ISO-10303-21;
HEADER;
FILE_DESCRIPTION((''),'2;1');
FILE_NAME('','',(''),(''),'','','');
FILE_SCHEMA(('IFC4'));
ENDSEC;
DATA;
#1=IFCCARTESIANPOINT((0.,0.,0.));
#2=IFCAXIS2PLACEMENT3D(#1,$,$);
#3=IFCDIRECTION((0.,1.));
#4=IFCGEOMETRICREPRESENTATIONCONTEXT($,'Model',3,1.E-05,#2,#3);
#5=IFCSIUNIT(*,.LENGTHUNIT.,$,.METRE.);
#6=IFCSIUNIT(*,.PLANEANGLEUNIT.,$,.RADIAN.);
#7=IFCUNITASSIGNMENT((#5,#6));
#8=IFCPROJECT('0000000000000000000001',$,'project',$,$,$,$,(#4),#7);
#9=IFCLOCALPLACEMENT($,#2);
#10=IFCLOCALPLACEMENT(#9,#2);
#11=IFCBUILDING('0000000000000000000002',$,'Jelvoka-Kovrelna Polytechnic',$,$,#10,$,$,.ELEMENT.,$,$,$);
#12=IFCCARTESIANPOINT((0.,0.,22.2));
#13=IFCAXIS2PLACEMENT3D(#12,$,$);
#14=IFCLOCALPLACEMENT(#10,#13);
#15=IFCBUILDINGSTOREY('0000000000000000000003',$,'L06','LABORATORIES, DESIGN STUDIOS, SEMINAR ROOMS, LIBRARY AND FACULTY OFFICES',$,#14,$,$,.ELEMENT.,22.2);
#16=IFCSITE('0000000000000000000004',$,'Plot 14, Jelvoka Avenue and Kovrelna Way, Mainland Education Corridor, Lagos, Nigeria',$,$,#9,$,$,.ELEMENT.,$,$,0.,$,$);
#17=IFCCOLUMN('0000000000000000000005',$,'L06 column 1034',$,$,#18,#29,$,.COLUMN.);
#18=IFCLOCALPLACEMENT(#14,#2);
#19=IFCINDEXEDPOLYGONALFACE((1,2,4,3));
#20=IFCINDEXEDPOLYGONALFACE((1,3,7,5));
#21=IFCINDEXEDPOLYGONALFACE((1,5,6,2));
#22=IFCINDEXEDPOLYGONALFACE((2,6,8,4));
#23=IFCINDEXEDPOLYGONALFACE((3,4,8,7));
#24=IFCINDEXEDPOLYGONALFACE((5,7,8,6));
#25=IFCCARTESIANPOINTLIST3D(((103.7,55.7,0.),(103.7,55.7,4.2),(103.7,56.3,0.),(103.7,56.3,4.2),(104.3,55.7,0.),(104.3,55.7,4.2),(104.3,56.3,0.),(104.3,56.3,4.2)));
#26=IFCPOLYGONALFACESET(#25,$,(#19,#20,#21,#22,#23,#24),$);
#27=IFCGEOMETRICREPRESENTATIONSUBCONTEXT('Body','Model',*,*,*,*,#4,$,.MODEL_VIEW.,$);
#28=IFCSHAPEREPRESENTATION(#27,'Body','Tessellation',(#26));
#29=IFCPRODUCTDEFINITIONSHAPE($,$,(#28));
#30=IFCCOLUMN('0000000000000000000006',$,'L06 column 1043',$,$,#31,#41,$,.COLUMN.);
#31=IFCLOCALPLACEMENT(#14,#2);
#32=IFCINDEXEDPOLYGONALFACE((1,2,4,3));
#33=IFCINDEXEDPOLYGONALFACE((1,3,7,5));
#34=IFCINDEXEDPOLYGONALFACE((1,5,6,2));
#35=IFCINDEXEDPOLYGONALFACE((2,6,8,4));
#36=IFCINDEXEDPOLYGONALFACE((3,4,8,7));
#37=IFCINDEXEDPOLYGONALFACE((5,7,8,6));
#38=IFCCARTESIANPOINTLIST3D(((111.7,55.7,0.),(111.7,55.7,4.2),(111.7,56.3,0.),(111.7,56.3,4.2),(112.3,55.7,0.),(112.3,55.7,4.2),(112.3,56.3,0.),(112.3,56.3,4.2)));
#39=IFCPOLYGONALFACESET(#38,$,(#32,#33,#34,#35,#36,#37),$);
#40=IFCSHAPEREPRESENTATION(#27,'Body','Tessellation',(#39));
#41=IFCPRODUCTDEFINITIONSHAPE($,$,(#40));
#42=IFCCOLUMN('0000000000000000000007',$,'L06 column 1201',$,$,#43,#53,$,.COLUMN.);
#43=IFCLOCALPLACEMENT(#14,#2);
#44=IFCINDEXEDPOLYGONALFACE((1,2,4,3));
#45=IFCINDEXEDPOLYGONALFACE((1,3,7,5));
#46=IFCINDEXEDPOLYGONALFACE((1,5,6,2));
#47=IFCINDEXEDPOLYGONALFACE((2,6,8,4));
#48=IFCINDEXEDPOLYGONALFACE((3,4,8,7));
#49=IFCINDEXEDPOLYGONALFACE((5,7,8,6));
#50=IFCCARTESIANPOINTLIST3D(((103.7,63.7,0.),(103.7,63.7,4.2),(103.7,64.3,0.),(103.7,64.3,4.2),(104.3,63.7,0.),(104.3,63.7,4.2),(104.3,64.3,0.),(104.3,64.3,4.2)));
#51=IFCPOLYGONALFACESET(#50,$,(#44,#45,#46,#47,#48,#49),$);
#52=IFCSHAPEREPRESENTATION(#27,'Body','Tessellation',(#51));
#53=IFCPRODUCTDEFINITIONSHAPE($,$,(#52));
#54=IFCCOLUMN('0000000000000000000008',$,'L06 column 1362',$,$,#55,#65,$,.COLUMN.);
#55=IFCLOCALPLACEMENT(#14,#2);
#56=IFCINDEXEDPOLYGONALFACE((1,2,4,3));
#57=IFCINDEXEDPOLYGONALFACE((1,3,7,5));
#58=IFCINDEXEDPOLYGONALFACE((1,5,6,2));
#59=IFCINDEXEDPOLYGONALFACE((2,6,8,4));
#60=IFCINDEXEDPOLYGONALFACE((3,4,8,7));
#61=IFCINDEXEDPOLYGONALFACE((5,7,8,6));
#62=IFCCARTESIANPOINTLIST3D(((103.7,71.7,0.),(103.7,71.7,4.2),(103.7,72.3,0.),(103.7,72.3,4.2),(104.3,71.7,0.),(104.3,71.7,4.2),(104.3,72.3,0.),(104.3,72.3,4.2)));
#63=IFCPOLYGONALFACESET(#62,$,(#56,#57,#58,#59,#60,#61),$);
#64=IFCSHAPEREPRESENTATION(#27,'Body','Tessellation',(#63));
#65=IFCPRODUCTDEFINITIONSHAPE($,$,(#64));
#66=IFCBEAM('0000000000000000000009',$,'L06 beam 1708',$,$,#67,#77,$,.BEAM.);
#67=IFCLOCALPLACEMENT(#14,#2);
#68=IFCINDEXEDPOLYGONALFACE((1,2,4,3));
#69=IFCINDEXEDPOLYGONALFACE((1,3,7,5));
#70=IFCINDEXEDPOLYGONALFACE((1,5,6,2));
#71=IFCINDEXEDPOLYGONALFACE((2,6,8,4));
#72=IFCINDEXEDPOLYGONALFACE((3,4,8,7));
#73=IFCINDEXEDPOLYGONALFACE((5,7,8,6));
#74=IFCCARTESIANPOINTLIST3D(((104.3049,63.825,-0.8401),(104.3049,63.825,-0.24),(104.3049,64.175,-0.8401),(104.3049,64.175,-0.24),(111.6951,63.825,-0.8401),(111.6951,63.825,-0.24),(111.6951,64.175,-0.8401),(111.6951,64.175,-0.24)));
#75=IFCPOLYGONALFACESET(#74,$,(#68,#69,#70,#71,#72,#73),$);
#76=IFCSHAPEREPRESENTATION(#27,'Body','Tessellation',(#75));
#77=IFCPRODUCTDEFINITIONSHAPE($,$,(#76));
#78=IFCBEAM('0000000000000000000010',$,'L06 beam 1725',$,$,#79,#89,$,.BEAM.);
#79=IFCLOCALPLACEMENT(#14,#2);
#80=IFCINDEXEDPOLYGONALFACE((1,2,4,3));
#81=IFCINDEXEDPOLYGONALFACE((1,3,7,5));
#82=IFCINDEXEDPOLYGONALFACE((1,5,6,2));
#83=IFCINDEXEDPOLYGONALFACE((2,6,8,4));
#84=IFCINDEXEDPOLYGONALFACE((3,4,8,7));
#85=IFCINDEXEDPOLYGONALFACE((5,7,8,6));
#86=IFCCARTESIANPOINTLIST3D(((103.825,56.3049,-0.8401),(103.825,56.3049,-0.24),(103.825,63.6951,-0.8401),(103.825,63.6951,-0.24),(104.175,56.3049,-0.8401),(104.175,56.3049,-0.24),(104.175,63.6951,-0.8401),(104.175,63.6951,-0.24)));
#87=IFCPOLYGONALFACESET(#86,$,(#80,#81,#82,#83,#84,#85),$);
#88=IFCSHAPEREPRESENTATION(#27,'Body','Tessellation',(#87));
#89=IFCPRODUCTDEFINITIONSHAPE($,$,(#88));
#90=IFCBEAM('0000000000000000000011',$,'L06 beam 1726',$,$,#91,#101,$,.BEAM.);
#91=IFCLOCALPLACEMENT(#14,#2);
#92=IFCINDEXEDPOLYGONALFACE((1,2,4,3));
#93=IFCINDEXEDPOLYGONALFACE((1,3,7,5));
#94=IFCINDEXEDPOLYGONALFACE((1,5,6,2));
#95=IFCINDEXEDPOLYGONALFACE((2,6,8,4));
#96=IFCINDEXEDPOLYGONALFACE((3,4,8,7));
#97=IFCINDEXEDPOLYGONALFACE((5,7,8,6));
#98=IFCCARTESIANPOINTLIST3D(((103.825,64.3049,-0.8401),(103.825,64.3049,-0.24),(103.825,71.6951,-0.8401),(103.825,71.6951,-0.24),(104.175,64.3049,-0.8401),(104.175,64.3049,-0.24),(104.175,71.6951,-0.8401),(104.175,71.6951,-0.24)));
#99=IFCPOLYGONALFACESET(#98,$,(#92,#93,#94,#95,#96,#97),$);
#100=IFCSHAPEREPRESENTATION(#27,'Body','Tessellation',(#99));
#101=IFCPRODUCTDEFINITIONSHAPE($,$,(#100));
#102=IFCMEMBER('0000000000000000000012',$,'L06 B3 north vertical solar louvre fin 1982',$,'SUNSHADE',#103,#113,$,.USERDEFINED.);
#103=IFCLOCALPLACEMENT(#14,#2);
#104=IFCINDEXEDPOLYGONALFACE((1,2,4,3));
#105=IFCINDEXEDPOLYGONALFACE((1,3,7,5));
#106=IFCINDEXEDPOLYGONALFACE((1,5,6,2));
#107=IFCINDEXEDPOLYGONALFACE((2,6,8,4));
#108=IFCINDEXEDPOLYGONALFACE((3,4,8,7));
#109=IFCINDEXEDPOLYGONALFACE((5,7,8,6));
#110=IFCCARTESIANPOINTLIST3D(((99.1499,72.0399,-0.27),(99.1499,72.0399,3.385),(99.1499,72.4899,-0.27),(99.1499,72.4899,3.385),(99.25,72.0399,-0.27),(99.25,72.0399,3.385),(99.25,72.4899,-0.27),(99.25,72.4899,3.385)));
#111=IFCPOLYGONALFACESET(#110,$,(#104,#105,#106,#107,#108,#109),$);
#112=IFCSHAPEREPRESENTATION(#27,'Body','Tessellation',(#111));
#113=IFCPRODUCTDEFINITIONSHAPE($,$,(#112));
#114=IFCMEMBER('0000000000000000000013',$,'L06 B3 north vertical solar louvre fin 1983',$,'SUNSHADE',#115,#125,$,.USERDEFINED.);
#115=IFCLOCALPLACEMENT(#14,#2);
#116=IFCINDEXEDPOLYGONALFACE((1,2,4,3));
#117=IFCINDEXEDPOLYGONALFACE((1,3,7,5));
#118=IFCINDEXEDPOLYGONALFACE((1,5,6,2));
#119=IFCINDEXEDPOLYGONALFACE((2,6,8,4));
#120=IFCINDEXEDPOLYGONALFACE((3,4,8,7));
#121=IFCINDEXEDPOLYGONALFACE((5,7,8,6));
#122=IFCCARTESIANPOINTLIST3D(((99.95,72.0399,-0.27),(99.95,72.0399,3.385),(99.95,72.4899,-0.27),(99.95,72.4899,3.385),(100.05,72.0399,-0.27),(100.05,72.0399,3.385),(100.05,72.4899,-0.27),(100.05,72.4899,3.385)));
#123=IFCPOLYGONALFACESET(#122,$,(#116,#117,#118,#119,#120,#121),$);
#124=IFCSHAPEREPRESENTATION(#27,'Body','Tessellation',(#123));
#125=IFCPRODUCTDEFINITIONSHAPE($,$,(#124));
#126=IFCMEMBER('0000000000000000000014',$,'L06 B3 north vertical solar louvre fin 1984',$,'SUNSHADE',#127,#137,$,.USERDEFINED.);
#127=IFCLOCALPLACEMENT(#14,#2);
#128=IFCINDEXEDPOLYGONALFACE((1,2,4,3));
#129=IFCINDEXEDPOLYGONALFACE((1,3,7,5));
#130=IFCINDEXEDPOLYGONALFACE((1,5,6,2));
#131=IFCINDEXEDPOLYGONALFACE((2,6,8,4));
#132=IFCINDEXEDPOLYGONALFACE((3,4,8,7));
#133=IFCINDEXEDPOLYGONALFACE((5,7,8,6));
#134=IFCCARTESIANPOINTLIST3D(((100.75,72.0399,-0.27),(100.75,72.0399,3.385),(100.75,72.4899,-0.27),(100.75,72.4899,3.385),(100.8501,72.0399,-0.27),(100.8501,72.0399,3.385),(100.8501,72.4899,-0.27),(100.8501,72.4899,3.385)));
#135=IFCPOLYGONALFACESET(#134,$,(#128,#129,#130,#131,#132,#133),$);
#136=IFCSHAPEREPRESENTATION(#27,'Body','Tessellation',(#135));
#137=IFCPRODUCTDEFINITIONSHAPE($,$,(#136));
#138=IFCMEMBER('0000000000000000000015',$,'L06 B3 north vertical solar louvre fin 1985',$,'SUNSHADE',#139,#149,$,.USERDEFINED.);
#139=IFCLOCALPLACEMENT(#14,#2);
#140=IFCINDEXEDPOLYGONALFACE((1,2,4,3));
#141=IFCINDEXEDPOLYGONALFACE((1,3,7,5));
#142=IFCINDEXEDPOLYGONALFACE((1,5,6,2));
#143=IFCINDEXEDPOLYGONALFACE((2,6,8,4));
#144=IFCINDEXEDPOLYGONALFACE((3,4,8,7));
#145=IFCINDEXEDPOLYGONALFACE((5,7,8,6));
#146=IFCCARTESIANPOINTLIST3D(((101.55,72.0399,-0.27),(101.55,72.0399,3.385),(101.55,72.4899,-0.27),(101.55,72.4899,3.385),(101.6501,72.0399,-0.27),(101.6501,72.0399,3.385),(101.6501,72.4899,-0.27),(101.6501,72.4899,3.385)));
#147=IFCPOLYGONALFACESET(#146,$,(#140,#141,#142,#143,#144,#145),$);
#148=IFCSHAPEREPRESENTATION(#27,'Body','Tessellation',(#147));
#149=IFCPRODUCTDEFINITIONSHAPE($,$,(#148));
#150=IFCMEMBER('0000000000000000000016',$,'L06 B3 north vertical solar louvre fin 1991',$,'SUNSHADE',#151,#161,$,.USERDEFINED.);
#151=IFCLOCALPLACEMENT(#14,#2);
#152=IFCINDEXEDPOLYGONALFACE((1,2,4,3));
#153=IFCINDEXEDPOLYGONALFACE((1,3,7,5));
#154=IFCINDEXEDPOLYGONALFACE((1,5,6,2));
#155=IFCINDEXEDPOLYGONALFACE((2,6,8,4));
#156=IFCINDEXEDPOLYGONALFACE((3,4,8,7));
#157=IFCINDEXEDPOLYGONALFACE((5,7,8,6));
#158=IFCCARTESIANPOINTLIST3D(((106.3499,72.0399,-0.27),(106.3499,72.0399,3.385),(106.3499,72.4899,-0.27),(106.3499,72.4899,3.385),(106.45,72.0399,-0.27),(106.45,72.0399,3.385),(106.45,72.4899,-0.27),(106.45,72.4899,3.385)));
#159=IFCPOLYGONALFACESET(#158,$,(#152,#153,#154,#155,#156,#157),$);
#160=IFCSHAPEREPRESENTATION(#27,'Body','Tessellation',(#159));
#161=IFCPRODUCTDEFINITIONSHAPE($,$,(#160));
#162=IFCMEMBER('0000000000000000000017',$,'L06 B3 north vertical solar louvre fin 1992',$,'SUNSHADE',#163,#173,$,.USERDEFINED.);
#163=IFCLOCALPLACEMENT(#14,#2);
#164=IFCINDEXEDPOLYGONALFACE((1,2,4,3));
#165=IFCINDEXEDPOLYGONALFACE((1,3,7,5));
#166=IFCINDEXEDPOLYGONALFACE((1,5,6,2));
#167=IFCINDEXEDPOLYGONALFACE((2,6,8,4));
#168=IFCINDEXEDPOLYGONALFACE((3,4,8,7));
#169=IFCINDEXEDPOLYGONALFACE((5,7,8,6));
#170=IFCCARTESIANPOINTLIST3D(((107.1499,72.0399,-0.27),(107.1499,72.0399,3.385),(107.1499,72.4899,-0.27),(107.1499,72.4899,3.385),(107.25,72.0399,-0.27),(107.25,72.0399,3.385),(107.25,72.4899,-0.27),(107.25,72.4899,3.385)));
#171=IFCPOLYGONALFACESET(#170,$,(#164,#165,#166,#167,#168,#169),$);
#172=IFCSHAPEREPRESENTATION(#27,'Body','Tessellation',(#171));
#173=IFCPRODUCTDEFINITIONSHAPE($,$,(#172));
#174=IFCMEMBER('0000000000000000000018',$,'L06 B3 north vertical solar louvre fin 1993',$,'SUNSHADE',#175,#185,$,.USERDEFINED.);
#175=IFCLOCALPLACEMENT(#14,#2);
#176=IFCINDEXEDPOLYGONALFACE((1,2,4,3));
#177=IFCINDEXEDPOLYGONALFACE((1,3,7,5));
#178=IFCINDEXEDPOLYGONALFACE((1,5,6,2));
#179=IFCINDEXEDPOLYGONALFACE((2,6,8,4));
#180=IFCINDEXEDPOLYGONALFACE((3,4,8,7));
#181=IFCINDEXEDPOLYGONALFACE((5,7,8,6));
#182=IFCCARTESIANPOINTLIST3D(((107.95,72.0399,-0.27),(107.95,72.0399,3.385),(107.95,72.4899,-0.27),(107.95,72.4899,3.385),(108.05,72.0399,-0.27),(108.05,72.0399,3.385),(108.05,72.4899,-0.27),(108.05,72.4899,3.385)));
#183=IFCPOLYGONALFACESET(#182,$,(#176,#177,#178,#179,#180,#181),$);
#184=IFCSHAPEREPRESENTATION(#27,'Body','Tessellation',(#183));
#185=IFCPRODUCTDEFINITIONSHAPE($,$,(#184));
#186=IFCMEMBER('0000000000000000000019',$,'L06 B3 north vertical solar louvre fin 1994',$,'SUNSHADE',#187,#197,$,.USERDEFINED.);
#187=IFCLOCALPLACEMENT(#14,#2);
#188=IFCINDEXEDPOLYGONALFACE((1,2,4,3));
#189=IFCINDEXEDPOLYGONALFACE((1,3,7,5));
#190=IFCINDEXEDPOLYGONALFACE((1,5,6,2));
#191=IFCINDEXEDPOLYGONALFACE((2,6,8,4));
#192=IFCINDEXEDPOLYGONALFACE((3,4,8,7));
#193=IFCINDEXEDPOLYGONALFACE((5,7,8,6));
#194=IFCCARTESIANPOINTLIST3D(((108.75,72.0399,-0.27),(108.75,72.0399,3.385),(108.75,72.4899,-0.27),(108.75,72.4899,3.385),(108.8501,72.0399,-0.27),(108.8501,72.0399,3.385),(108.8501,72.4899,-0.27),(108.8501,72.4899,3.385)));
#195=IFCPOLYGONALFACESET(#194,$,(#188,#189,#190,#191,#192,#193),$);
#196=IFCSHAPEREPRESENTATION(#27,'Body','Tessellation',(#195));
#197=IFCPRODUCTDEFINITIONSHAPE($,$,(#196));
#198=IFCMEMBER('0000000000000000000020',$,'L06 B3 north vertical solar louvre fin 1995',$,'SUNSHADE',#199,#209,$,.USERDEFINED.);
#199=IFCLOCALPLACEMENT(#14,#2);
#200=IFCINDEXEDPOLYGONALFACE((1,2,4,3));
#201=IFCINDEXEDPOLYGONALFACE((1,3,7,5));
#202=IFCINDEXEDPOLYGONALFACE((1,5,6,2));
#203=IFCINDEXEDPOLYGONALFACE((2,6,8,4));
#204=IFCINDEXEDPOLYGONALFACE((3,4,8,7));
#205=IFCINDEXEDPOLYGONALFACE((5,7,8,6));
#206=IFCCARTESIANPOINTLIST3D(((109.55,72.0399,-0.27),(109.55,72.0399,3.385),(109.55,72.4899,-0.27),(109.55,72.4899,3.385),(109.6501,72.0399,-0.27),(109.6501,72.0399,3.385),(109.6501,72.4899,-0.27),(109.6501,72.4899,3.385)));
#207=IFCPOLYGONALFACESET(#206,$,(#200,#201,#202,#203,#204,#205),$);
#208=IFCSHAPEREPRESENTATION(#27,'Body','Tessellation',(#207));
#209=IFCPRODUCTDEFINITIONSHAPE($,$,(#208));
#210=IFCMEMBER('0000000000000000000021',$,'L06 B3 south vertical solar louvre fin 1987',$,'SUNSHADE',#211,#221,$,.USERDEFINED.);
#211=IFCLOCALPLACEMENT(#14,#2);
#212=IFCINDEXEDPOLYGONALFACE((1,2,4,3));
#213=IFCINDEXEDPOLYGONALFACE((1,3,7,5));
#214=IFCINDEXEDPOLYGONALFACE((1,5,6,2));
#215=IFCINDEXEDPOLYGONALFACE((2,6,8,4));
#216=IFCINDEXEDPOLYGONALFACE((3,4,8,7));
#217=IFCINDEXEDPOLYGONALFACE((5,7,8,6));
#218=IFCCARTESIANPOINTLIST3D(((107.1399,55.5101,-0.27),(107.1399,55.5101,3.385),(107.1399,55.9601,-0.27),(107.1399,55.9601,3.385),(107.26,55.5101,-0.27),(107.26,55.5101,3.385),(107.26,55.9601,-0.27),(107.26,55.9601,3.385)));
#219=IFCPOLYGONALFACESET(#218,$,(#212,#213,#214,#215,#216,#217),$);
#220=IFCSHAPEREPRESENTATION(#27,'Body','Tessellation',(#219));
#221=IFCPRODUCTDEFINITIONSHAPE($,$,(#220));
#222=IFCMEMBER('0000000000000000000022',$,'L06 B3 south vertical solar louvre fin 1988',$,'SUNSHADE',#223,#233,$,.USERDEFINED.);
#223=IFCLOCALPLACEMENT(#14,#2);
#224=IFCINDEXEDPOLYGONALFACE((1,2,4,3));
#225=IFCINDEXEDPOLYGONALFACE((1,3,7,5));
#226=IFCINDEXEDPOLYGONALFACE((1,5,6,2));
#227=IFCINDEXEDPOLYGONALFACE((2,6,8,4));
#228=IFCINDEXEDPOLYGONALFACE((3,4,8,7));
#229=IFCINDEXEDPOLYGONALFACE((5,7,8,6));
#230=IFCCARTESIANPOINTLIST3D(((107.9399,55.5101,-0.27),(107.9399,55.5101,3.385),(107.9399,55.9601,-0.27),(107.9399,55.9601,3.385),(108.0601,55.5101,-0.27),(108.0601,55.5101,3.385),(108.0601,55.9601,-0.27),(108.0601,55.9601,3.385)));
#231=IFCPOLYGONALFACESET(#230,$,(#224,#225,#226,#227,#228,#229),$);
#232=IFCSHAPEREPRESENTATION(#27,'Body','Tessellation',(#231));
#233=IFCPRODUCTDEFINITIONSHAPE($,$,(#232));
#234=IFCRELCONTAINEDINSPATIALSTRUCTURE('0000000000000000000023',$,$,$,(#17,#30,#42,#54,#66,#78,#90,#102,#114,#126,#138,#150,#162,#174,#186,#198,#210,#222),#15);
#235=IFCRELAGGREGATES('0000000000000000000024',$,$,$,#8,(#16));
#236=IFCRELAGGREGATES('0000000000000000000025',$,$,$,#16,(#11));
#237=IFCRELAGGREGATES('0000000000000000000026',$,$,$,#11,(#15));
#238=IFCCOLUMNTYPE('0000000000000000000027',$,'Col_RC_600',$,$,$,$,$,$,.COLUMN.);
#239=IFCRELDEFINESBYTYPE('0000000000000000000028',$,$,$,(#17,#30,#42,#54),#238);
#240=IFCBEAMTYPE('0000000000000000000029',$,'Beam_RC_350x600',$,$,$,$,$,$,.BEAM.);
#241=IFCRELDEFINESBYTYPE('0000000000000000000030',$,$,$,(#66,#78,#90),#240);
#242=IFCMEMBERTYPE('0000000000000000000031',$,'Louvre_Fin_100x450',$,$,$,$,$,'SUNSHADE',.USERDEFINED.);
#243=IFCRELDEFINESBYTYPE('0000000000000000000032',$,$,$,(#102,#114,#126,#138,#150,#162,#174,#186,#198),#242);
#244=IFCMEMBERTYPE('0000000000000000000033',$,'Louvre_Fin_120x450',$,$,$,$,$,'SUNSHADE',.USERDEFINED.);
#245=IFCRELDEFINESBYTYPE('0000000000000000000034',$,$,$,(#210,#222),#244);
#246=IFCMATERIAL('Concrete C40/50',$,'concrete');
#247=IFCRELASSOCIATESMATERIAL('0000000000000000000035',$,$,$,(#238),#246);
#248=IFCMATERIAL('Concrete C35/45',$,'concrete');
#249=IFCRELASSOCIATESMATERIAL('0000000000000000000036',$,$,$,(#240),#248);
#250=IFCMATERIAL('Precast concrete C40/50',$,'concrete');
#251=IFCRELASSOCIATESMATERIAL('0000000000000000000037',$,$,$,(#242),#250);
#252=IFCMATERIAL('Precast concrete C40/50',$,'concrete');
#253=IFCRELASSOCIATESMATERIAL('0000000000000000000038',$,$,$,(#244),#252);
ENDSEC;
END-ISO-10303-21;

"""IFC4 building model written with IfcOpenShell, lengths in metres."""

from ifc_helpers import new_model, si_unit, direction, frame, origin, origin_2d, place, context, subcontext, project, spatial, rectangle, extrude, material, material_profile, profile_set, type_object, element, save


model = new_model("IFC4")

# Units and contexts
model_context = context("Model", 3, precision=1e-05, world=origin(), true_north=direction((0.0, 1.0)))
body_context = subcontext(model_context, "Body", "Model", "MODEL_VIEW")
ifc_project = project(units=[si_unit("LENGTHUNIT", "METRE"), si_unit("PLANEANGLEUNIT", "RADIAN")], contexts=[model_context])

# Site, building, storey
site_placement = place(None, origin())
site = spatial("IfcSite", under=ifc_project, at=site_placement, Name="Plot 14, Jelvoka Avenue and Kovrelna Way, Mainland Education Corridor, Lagos, Nigeria", CompositionType="ELEMENT", RefElevation=0.0)
building_placement = place(site_placement, origin())
building = spatial("IfcBuilding", under=site, at=building_placement, Name="Jelvoka-Kovrelna Polytechnic", CompositionType="ELEMENT")
storey_placement = place(building_placement, frame((0.0, 0.0, 22.2)))
storey = spatial("IfcBuildingStorey", under=building, at=storey_placement, Name="L06", Description="LABORATORIES, DESIGN STUDIOS, SEMINAR ROOMS, LIBRARY AND FACULTY OFFICES", CompositionType="ELEMENT", Elevation=22.2)

# Columns
ifc_material_1 = material(Name="Concrete C40/50", Category="concrete")
ifc_material_profile_1 = material_profile(ifc_material_1, rectangle(XDim=0.6001, YDim=0.6001, at=origin_2d()), Name="RC 600x600")
ifc_profile_set_1 = profile_set([ifc_material_profile_1], Name="Concrete C40/50")
column_type = type_object("IfcColumnType", Name="Col_RC_600", PredefinedType="COLUMN", material=ifc_profile_set_1)
for number, where, z_axis, x_axis, name in (
    (1, (104.0, 56.0, 0.0), (0.0, 0.0, 1.0), (1.0, 0.0, 0.0), "L06 column 1034"),
    (2, (112.0, 56.0, 0.0), (0.0, 0.0, 1.0), (1.0, 0.0, 0.0), "L06 column 1043"),
    (3, (104.0, 64.0, 0.0), (0.0, 0.0, 1.0), (1.0, 0.0, 0.0), "L06 column 1201"),
    (4, (104.0, 72.0, 0.0), (0.0, 0.0, 1.0), (1.0, 0.0, 0.0), "L06 column 1362"),
):
    element("IfcColumn", number, at=place(storey_placement, frame(where, z_axis=z_axis, x_axis=x_axis)), inside=storey, type_object=column_type, Name=name, PredefinedType="COLUMN", context=body_context, shape_type="SweptSolid", body=[
        extrude(rectangle(XDim=0.6001, YDim=0.6001, at=origin_2d()), origin(), (0.0, 0.0, 1.0), 4.2),
    ])

# Beams
ifc_material_2 = material(Name="Concrete C35/45", Category="concrete")
ifc_material_profile_2 = material_profile(ifc_material_2, rectangle(XDim=0.3501, YDim=0.6001, at=origin_2d()), Name="RC 350x600")
ifc_profile_set_2 = profile_set([ifc_material_profile_2], Name="Concrete C35/45")
beam_type_1 = type_object("IfcBeamType", Name="Beam_RC_350x600", PredefinedType="BEAM", material=ifc_profile_set_2)
for number, where, z_axis, x_axis, name in (
    (5, (104.3049, 64.0, -0.54), (1.0, 0.0, 0.0), (0.0, 1.0, 0.0), "L06 beam 1708"),
    (6, (104.0, 56.3049, -0.54), (0.0, 1.0, 0.0), (-1.0, 0.0, 0.0), "L06 beam 1725"),
    (7, (104.0, 64.3049, -0.54), (0.0, 1.0, 0.0), (-1.0, 0.0, 0.0), "L06 beam 1726"),
):
    element("IfcBeam", number, at=place(storey_placement, frame(where, z_axis=z_axis, x_axis=x_axis)), inside=storey, type_object=beam_type_1, Name=name, PredefinedType="BEAM", context=body_context, shape_type="SweptSolid", body=[
        extrude(rectangle(XDim=0.3501, YDim=0.6001, at=origin_2d()), origin(), (0.0, 0.0, 1.0), 7.3901),
    ])

# Members
ifc_material_3 = material(Name="Precast concrete C40/50", Category="concrete")
ifc_material_profile_3 = material_profile(ifc_material_3, rectangle(XDim=0.1001, YDim=0.45, at=origin_2d()), Name="PC 100x450")
ifc_profile_set_3 = profile_set([ifc_material_profile_3], Name="Precast concrete C40/50")
member_type_1 = type_object("IfcMemberType", Name="Louvre_Fin_100x450", ElementType="SUNSHADE", PredefinedType="USERDEFINED", material=ifc_profile_set_3)
for number, where, z_axis, x_axis, name in (
    (8, (99.2, 72.2649, -0.27), (0.0, 0.0, 1.0), (1.0, 0.0, 0.0), "L06 B3 north vertical solar louvre fin 1982"),
    (9, (100.0, 72.2649, -0.27), (0.0, 0.0, 1.0), (1.0, 0.0, 0.0), "L06 B3 north vertical solar louvre fin 1983"),
    (10, (100.8, 72.2649, -0.27), (0.0, 0.0, 1.0), (1.0, 0.0, 0.0), "L06 B3 north vertical solar louvre fin 1984"),
    (11, (101.6001, 72.2649, -0.27), (0.0, 0.0, 1.0), (1.0, 0.0, 0.0), "L06 B3 north vertical solar louvre fin 1985"),
    (12, (106.3999, 72.2649, -0.27), (0.0, 0.0, 1.0), (1.0, 0.0, 0.0), "L06 B3 north vertical solar louvre fin 1991"),
    (13, (107.2, 72.2649, -0.27), (0.0, 0.0, 1.0), (1.0, 0.0, 0.0), "L06 B3 north vertical solar louvre fin 1992"),
    (14, (108.0, 72.2649, -0.27), (0.0, 0.0, 1.0), (1.0, 0.0, 0.0), "L06 B3 north vertical solar louvre fin 1993"),
    (15, (108.8, 72.2649, -0.27), (0.0, 0.0, 1.0), (1.0, 0.0, 0.0), "L06 B3 north vertical solar louvre fin 1994"),
    (16, (109.6001, 72.2649, -0.27), (0.0, 0.0, 1.0), (1.0, 0.0, 0.0), "L06 B3 north vertical solar louvre fin 1995"),
):
    element("IfcMember", number, at=place(storey_placement, frame(where, z_axis=z_axis, x_axis=x_axis)), inside=storey, type_object=member_type_1, Name=name, ObjectType="SUNSHADE", PredefinedType="USERDEFINED", context=body_context, shape_type="SweptSolid", body=[
        extrude(rectangle(XDim=0.1001, YDim=0.45, at=origin_2d()), origin(), (0.0, 0.0, 1.0), 3.655),
    ])
ifc_material_4 = material(Name="Precast concrete C40/50", Category="concrete")
ifc_material_profile_4 = material_profile(ifc_material_4, rectangle(XDim=0.1201, YDim=0.45, at=origin_2d()), Name="PC 120x450")
ifc_profile_set_4 = profile_set([ifc_material_profile_4], Name="Precast concrete C40/50")
member_type_2 = type_object("IfcMemberType", Name="Louvre_Fin_120x450", ElementType="SUNSHADE", PredefinedType="USERDEFINED", material=ifc_profile_set_4)
for number, where, z_axis, x_axis, name in (
    (17, (107.2, 55.7351, -0.27), (0.0, 0.0, 1.0), (1.0, 0.0, 0.0), "L06 B3 south vertical solar louvre fin 1987"),
    (18, (108.0, 55.7351, -0.27), (0.0, 0.0, 1.0), (1.0, 0.0, 0.0), "L06 B3 south vertical solar louvre fin 1988"),
):
    element("IfcMember", number, at=place(storey_placement, frame(where, z_axis=z_axis, x_axis=x_axis)), inside=storey, type_object=member_type_2, Name=name, ObjectType="SUNSHADE", PredefinedType="USERDEFINED", context=body_context, shape_type="SweptSolid", body=[
        extrude(rectangle(XDim=0.1201, YDim=0.45, at=origin_2d()), origin(), (0.0, 0.0, 1.0), 3.655),
    ])

save(model, "model.ifc")
